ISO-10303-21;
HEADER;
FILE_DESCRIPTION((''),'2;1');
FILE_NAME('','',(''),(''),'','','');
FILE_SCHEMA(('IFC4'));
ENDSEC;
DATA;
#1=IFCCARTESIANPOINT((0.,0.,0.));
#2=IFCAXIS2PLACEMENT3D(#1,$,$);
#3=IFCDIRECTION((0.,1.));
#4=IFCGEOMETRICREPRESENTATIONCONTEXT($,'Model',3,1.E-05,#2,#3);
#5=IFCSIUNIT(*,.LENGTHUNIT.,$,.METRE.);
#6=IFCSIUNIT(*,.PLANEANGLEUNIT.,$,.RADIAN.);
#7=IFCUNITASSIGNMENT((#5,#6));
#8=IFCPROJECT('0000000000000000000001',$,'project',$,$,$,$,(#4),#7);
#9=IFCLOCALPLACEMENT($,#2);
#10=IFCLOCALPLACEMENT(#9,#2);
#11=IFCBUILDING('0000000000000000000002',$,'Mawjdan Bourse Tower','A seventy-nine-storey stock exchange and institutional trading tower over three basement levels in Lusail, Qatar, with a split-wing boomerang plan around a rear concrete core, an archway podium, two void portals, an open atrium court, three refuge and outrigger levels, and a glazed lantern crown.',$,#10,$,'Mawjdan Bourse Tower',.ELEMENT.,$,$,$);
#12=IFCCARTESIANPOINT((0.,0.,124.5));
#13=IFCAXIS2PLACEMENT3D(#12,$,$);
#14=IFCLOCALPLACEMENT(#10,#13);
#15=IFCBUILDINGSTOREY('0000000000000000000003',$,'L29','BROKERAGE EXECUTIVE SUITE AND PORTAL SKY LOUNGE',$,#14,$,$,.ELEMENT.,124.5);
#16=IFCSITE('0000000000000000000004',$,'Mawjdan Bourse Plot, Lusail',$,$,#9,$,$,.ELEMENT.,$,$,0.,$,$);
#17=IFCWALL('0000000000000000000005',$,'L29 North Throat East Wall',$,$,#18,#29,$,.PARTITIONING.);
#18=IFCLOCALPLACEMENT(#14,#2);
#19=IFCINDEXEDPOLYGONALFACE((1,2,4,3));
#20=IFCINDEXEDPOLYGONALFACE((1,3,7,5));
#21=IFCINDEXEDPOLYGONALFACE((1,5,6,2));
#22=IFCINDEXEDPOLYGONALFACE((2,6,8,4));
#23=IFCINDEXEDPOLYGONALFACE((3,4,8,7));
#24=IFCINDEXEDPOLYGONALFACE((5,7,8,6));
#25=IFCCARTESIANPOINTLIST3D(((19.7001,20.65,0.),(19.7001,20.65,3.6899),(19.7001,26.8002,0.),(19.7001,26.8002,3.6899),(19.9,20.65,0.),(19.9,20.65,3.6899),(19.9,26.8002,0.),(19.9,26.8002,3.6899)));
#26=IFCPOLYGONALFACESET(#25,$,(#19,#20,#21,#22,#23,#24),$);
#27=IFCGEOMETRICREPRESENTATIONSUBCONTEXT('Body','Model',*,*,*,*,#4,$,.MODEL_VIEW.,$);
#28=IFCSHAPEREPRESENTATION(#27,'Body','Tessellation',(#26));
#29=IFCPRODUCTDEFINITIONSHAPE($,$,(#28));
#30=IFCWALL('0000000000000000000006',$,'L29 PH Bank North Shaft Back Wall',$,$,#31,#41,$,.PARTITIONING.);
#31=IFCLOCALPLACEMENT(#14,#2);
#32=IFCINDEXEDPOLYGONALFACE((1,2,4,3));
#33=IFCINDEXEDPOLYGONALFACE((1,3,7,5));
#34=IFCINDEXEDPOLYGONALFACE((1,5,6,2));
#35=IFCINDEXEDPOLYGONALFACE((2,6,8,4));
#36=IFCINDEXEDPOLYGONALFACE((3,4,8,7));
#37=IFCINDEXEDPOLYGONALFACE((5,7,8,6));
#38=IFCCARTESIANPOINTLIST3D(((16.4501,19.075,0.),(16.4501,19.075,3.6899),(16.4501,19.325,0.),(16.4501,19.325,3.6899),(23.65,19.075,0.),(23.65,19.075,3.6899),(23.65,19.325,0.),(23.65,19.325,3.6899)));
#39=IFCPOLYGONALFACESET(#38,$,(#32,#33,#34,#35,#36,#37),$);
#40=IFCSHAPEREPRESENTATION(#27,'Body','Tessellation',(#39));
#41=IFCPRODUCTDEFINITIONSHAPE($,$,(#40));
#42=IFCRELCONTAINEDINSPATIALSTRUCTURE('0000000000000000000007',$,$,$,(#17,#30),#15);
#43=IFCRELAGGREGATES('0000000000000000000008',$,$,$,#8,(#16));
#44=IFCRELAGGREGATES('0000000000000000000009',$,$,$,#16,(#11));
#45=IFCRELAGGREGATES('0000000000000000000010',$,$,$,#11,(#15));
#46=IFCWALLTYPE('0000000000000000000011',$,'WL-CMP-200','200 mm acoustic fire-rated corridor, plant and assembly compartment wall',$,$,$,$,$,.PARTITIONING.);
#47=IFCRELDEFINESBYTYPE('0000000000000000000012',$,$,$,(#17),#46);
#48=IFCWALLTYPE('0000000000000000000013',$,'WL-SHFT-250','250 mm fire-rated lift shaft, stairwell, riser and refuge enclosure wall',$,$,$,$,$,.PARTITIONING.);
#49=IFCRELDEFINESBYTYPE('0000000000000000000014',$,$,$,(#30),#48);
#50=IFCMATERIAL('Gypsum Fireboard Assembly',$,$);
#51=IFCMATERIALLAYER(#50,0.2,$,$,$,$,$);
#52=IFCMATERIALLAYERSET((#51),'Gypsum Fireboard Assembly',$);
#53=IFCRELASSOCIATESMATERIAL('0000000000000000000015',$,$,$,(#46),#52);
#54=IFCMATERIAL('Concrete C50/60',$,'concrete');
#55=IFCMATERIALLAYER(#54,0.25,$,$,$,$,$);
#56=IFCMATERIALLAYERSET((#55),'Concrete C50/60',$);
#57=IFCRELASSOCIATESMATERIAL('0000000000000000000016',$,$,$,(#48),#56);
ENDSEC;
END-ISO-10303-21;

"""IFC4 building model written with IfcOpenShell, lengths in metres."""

from ifc_helpers import new_model, si_unit, direction, frame, frame_2d, origin, place, context, subcontext, project, spatial, rectangle, extrude, material, layer, layer_set, type_object, element, save


model = new_model("IFC4")

# Units and contexts
model_context = context("Model", 3, precision=1e-05, world=origin(), true_north=direction((0.0, 1.0)))
body_context = subcontext(model_context, "Body", "Model", "MODEL_VIEW")
ifc_project = project(units=[si_unit("LENGTHUNIT", "METRE"), si_unit("PLANEANGLEUNIT", "RADIAN")], contexts=[model_context])

# Site, building, storey
site_placement = place(None, origin())
site = spatial("IfcSite", under=ifc_project, at=site_placement, Name="Mawjdan Bourse Plot, Lusail", CompositionType="ELEMENT", RefElevation=0.0)
building_placement = place(site_placement, origin())
building = spatial("IfcBuilding", under=site, at=building_placement, Name="Mawjdan Bourse Tower", Description="A seventy-nine-storey stock exchange and institutional trading tower over three basement levels in Lusail, Qatar, with a split-wing boomerang plan around a rear concrete core, an archway podium, two void portals, an open atrium court, three refuge and outrigger levels, and a glazed lantern crown.", LongName="Mawjdan Bourse Tower", CompositionType="ELEMENT")
storey_placement = place(building_placement, frame((0.0, 0.0, 124.5)))
storey = spatial("IfcBuildingStorey", under=building, at=storey_placement, Name="L29", Description="BROKERAGE EXECUTIVE SUITE AND PORTAL SKY LOUNGE", CompositionType="ELEMENT", Elevation=124.5)

# Walls
ifc_material_1 = material(Name="Gypsum Fireboard Assembly")
ifc_layer_1 = layer(ifc_material_1, 0.2)
ifc_layer_set_1 = layer_set([ifc_layer_1], Name="Gypsum Fireboard Assembly")
wall_type_1 = type_object("IfcWallType", Name="WL-CMP-200", Description="200 mm acoustic fire-rated corridor, plant and assembly compartment wall", PredefinedType="PARTITIONING", material=ifc_layer_set_1)
wall_1_placement = place(storey_placement, frame((19.8, 20.6499, 0.0), z_axis=(0.0, 0.0, 1.0), x_axis=(0.0, 1.0, 0.0)))
element("IfcWall", 1, at=wall_1_placement, inside=storey, type_object=wall_type_1, Name="L29 North Throat East Wall", PredefinedType="PARTITIONING", context=body_context, shape_type="SweptSolid", body=[
    extrude(rectangle(XDim=6.1501, YDim=0.2, at=frame_2d((3.0752, 0.0))), origin(), (0.0, 0.0, 1.0), 3.6899),
])
ifc_material_2 = material(Name="Concrete C50/60", Category="concrete")
ifc_layer_2 = layer(ifc_material_2, 0.25)
ifc_layer_set_2 = layer_set([ifc_layer_2], Name="Concrete C50/60")
wall_type_2 = type_object("IfcWallType", Name="WL-SHFT-250", Description="250 mm fire-rated lift shaft, stairwell, riser and refuge enclosure wall", PredefinedType="PARTITIONING", material=ifc_layer_set_2)
wall_2_placement = place(storey_placement, frame((16.45, 19.2, 0.0), z_axis=(0.0, 0.0, 1.0), x_axis=(1.0, 0.0, 0.0)))
element("IfcWall", 2, at=wall_2_placement, inside=storey, type_object=wall_type_2, Name="L29 PH Bank North Shaft Back Wall", PredefinedType="PARTITIONING", context=body_context, shape_type="SweptSolid", body=[
    extrude(rectangle(XDim=7.2, YDim=0.25, at=frame_2d((3.6001, 0.0))), origin(), (0.0, 0.0, 1.0), 3.6899),
])

save(model, "model.ifc")
